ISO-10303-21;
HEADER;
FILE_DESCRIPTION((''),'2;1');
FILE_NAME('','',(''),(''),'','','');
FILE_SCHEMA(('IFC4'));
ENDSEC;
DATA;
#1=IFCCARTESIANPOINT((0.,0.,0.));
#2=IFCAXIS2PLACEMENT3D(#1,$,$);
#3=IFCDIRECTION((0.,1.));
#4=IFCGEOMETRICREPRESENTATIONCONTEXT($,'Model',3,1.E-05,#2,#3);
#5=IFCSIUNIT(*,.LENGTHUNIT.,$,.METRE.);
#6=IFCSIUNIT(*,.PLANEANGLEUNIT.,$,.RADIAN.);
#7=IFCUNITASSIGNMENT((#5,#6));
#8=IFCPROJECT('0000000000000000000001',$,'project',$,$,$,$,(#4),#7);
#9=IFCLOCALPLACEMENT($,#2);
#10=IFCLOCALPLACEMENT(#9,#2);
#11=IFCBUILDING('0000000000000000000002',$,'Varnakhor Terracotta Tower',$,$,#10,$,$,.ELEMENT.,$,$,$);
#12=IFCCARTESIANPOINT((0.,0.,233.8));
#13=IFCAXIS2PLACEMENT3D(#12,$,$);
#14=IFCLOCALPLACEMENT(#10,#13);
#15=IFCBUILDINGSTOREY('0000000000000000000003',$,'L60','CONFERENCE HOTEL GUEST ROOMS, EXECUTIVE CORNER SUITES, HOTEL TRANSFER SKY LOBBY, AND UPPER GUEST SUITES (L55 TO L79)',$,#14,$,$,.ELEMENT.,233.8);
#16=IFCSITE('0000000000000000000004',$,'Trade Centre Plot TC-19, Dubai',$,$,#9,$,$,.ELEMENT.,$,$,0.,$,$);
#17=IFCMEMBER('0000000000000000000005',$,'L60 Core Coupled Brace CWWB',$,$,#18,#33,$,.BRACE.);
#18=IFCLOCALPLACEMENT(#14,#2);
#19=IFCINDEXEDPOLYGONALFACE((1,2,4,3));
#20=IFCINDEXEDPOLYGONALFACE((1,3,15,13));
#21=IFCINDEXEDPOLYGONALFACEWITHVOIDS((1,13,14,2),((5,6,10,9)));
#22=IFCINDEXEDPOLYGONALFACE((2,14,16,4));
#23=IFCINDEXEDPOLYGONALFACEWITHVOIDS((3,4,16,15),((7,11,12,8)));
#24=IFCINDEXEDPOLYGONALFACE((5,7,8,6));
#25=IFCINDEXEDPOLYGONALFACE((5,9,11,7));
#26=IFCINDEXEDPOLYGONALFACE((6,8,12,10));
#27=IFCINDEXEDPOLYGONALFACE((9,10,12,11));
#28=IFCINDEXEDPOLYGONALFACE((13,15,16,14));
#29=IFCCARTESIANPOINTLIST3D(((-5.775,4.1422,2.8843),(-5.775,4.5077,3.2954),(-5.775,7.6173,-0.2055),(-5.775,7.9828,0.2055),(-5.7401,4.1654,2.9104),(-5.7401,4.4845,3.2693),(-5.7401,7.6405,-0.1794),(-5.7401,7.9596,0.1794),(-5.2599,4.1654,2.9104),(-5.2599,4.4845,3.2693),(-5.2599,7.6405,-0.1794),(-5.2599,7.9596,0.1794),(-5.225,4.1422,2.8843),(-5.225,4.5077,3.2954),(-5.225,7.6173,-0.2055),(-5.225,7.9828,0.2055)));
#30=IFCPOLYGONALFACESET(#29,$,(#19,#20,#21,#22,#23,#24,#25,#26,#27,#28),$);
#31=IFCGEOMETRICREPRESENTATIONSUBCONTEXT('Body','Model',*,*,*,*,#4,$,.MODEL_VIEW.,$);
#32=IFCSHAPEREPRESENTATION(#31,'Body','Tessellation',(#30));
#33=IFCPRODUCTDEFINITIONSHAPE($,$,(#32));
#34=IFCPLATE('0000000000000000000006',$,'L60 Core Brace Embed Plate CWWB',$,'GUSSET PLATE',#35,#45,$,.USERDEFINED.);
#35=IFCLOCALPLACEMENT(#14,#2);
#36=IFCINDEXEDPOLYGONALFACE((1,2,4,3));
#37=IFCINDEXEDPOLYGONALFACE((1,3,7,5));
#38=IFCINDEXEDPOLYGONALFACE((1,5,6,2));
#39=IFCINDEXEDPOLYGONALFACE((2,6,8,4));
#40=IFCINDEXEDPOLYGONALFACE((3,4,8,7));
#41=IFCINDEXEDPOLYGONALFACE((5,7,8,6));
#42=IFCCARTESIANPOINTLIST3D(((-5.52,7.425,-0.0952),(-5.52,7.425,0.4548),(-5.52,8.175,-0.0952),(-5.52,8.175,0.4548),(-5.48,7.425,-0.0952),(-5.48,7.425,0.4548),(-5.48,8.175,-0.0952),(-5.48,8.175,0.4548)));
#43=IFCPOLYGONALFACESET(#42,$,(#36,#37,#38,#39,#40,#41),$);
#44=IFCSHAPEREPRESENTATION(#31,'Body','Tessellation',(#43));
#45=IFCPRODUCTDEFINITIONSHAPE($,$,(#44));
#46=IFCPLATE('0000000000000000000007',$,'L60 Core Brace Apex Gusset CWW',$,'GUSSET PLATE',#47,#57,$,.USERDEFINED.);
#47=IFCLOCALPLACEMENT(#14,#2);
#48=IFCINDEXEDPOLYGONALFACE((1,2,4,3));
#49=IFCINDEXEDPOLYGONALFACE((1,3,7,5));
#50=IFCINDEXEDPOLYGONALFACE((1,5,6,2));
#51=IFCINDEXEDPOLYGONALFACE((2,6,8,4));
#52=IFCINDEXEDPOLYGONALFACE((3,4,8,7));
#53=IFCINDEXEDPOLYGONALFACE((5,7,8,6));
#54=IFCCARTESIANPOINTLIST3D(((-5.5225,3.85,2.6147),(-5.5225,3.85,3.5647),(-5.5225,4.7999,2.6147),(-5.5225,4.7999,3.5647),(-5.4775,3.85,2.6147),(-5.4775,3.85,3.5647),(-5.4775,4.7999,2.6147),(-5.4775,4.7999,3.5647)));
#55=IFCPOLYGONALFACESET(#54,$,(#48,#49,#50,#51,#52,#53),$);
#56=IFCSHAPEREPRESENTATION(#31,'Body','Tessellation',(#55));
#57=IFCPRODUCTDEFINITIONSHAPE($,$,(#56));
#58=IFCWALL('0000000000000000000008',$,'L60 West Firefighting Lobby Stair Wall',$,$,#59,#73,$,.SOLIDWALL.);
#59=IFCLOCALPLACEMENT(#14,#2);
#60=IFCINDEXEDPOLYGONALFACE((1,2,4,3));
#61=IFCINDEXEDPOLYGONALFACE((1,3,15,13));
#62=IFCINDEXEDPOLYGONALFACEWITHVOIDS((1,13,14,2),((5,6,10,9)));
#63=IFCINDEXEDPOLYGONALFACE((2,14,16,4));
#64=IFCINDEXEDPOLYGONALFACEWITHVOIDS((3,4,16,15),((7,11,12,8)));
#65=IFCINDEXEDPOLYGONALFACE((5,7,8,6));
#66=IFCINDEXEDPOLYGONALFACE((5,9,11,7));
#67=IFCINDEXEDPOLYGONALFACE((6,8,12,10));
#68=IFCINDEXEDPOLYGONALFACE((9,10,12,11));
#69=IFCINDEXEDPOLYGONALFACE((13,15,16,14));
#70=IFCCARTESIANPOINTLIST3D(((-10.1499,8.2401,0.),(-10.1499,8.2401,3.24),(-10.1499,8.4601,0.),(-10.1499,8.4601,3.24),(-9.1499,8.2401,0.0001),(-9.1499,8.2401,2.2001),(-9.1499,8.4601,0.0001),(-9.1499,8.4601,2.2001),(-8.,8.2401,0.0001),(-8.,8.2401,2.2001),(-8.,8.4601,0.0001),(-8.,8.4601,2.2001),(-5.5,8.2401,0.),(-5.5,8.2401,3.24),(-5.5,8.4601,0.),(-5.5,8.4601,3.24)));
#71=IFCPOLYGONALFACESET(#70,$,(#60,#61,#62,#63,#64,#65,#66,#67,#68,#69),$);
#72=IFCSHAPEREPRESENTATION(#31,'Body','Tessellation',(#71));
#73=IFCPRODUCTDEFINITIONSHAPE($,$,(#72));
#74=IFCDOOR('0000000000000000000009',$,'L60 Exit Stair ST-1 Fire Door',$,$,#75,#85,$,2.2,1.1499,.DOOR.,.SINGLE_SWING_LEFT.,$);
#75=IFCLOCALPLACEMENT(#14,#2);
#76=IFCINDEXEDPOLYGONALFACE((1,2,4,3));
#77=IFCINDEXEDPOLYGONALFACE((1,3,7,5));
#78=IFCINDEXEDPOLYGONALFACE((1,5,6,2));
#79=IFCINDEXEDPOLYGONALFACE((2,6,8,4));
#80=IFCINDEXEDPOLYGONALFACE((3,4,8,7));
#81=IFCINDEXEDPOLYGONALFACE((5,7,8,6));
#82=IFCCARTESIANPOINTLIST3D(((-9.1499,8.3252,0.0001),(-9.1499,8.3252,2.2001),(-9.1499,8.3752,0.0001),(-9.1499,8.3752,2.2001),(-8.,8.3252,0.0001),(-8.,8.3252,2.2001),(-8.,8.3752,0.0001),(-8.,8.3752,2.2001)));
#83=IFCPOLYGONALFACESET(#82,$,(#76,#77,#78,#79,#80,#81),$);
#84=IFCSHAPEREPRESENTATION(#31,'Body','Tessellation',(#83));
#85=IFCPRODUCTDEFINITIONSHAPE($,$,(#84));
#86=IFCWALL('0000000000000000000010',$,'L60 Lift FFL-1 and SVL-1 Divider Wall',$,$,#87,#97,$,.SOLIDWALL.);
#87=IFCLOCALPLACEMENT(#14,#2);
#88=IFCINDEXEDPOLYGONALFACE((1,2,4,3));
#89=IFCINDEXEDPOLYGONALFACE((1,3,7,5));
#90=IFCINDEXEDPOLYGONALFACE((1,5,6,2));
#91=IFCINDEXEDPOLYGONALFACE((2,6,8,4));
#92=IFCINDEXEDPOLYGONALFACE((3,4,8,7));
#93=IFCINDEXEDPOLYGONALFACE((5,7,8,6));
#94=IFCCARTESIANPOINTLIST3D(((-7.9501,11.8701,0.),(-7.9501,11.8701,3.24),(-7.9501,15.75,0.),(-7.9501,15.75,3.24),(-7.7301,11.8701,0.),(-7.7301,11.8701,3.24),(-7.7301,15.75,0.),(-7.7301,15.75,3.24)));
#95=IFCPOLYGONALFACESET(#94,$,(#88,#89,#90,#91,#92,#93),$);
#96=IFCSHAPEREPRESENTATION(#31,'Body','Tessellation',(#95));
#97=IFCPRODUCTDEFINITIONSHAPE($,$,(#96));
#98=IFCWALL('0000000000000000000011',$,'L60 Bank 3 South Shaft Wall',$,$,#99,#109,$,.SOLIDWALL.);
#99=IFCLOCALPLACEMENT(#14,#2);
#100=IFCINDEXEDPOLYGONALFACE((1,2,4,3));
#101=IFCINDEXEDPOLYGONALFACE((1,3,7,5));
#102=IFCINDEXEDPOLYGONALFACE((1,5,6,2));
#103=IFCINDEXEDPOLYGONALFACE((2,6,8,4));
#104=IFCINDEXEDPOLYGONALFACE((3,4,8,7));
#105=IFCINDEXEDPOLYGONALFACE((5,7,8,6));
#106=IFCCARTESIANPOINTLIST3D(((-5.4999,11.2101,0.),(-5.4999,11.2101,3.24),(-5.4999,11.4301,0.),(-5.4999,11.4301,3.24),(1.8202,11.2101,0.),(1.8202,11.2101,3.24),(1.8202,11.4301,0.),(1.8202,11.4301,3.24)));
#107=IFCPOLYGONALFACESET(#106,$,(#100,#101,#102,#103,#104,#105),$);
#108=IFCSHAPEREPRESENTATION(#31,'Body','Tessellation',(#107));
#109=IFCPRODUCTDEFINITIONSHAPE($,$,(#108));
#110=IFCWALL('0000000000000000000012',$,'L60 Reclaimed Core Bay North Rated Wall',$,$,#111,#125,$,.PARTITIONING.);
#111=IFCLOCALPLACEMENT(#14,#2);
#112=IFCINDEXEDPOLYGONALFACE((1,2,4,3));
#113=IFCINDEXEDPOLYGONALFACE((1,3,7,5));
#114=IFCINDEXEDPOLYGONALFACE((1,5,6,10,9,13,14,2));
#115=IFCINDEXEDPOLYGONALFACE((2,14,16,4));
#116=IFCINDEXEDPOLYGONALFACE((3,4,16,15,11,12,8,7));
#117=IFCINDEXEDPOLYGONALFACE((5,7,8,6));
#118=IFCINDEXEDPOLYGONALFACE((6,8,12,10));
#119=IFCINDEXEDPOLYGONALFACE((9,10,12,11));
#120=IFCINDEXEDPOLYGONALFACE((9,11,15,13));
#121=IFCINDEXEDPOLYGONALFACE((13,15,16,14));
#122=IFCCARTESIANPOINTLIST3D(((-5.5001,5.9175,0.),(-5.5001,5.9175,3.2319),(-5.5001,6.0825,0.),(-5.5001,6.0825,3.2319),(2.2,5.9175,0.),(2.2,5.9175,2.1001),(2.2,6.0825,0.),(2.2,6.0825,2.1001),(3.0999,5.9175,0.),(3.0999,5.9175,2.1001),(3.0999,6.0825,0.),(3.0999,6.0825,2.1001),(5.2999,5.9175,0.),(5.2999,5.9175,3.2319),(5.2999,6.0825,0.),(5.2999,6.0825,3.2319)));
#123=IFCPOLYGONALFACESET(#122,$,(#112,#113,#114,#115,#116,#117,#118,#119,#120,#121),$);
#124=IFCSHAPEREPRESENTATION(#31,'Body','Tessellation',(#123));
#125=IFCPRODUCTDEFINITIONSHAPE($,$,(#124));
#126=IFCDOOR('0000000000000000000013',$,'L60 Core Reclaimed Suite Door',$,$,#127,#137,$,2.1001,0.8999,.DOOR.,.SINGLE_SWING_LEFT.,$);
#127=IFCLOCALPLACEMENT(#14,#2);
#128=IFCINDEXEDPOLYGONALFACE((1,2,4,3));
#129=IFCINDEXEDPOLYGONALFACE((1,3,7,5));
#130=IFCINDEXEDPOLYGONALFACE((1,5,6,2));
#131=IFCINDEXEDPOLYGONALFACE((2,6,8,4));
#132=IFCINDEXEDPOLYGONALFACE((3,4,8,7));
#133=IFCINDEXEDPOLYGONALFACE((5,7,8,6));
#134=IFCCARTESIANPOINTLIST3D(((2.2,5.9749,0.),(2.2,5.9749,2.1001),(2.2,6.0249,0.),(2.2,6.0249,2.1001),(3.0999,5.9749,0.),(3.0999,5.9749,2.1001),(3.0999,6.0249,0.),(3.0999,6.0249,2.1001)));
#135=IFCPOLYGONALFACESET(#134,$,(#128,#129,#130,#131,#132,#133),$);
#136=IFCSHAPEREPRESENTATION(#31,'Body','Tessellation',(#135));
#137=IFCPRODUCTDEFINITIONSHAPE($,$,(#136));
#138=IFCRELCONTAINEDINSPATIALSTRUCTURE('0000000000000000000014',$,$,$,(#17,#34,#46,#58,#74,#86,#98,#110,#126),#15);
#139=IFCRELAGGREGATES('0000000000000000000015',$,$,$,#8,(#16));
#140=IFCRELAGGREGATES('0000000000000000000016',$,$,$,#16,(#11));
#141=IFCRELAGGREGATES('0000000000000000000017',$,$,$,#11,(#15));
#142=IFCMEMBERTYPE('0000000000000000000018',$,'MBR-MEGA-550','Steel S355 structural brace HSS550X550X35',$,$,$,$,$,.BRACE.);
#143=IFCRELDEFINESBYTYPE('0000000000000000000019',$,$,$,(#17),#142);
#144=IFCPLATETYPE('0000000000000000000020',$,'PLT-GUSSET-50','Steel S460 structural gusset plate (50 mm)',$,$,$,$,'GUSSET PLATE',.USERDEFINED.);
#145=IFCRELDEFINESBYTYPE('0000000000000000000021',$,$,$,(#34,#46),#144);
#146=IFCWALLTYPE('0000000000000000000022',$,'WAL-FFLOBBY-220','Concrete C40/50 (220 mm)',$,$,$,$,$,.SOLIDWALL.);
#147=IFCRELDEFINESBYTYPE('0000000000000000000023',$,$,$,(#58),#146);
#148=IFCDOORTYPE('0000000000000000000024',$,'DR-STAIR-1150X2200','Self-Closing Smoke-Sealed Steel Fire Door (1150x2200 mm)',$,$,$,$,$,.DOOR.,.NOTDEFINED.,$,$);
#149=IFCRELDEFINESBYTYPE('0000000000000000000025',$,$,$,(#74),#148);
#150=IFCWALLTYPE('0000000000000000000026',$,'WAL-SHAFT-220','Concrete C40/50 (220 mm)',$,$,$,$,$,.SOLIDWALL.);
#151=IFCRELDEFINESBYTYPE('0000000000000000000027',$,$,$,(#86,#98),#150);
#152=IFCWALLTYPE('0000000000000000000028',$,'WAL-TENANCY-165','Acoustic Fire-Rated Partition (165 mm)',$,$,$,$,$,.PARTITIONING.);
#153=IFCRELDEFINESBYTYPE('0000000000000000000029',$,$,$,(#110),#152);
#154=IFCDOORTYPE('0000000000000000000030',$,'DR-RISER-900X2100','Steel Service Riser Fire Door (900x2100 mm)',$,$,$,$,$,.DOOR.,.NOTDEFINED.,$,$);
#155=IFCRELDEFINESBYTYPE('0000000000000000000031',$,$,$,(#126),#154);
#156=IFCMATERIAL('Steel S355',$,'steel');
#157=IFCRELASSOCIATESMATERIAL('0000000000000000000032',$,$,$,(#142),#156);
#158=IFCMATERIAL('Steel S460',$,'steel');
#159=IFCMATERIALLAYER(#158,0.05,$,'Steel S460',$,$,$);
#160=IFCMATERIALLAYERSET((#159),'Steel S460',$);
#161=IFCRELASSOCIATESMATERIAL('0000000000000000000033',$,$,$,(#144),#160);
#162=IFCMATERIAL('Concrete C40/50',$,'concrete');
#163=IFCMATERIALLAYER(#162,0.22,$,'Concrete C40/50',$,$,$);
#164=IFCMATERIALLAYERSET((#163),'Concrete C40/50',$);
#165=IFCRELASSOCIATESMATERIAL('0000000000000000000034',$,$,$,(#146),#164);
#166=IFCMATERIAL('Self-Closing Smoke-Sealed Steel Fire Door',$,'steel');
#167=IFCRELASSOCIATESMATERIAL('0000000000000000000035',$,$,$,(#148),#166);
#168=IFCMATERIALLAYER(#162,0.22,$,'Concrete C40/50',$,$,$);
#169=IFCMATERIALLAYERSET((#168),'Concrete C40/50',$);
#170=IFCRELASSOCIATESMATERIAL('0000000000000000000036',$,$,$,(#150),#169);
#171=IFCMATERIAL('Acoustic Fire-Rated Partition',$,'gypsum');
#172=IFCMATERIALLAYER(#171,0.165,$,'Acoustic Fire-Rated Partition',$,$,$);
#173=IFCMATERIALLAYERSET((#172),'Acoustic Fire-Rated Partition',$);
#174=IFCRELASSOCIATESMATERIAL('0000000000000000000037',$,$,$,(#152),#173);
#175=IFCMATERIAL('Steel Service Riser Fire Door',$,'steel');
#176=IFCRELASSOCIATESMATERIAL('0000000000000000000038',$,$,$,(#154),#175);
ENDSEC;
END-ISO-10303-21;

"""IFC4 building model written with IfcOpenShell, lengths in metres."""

from ifc_helpers import new_model, si_unit, direction, frame, frame_2d, origin, origin_2d, place, context, subcontext, project, spatial, rectangle, hollow_rectangle, extrude, source, transform, mapped, material, layer, layer_set, material_profile, profile_set, type_object, type_shapes, element, fill, save


model = new_model("IFC4")

# Units and contexts
model_context = context("Model", 3, precision=1e-05, world=origin(), true_north=direction((0.0, 1.0)))
body_context = subcontext(model_context, "Body", "Model", "MODEL_VIEW")
ifc_project = project(units=[si_unit("LENGTHUNIT", "METRE"), si_unit("PLANEANGLEUNIT", "RADIAN")], contexts=[model_context])

# Site, building, storey
site_placement = place(None, origin())
site = spatial("IfcSite", under=ifc_project, at=site_placement, Name="Trade Centre Plot TC-19, Dubai", CompositionType="ELEMENT", RefElevation=0.0)
building_placement = place(site_placement, origin())
building = spatial("IfcBuilding", under=site, at=building_placement, Name="Varnakhor Terracotta Tower", CompositionType="ELEMENT")
storey_placement = place(building_placement, frame((0.0, 0.0, 233.8)))
storey = spatial("IfcBuildingStorey", under=building, at=storey_placement, Name="L60", Description="CONFERENCE HOTEL GUEST ROOMS, EXECUTIVE CORNER SUITES, HOTEL TRANSFER SKY LOBBY, AND UPPER GUEST SUITES (L55 TO L79)", CompositionType="ELEMENT", Elevation=233.8)

# Member
ifc_material_1 = material(Name="Steel S355", Category="steel")
ifc_material_profile = material_profile(ifc_material_1, hollow_rectangle(XDim=0.55, YDim=0.55, WallThickness=0.0349, at=origin_2d()), Name="HSS550X550X35")
ifc_profile_set = profile_set([ifc_material_profile], Name="Steel S355")
member_type = type_object("IfcMemberType", Name="MBR-MEGA-550", Description="Steel S355 structural brace HSS550X550X35", PredefinedType="BRACE", material=ifc_profile_set)
shared_shape_1 = source(origin(), body_context, "Body", "SweptSolid", [
    extrude(hollow_rectangle(XDim=0.55, YDim=0.55, WallThickness=0.0349, at=origin_2d()), origin(), (0.0, 0.0, 1.0), 4.6501),
])
member_placement = place(storey_placement, frame((-5.5, 7.8, 0.0), z_axis=(0.0, -0.747317, 0.664468), x_axis=(1.0, 0.0, 0.0)))
element("IfcMember", 1, at=member_placement, inside=storey, type_object=member_type, Name="L60 Core Coupled Brace CWWB", PredefinedType="BRACE", context=body_context, shape_type="MappedRepresentation", body=[
    mapped(shared_shape_1, transform((0.0, 0.0, 0.0), scale=1.0)),
])

# Plates
ifc_material_2 = material(Name="Steel S460", Category="steel")
ifc_layer_1 = layer(ifc_material_2, 0.05, Name="Steel S460")
ifc_layer_set_1 = layer_set([ifc_layer_1], Name="Steel S460")
plate_type = type_object("IfcPlateType", Name="PLT-GUSSET-50", Description="Steel S460 structural gusset plate (50 mm)", ElementType="GUSSET PLATE", PredefinedType="USERDEFINED", material=ifc_layer_set_1)
shared_shape_2 = source(origin(), body_context, "Body", "SweptSolid", [
    extrude(rectangle(XDim=0.75, YDim=0.04, at=origin_2d()), origin(), (0.0, 0.0, 1.0), 0.55),
])
type_shapes(plate_type, [shared_shape_2])
plate_1_placement = place(storey_placement, frame((-5.5, 7.8, -0.0952), z_axis=(0.0, 0.0, 1.0), x_axis=(0.0, 1.0, 0.0)))
element("IfcPlate", 2, at=plate_1_placement, inside=storey, type_object=plate_type, Name="L60 Core Brace Embed Plate CWWB", ObjectType="GUSSET PLATE", PredefinedType="USERDEFINED", context=body_context, shape_type="MappedRepresentation", body=[
    mapped(shared_shape_2, transform((0.0, 0.0, 0.0), scale=1.0)),
])
shared_shape_3 = source(origin(), body_context, "Body", "SweptSolid", [
    extrude(rectangle(XDim=0.95, YDim=0.0449, at=origin_2d()), origin(), (0.0, 0.0, 1.0), 0.95),
])
plate_2_placement = place(storey_placement, frame((-5.5, 4.325, 2.6147), z_axis=(0.0, 0.0, 1.0), x_axis=(0.0, 1.0, 0.0)))
element("IfcPlate", 3, at=plate_2_placement, inside=storey, type_object=plate_type, Name="L60 Core Brace Apex Gusset CWW", ObjectType="GUSSET PLATE", PredefinedType="USERDEFINED", context=body_context, shape_type="MappedRepresentation", body=[
    mapped(shared_shape_3, transform((0.0, 0.0, 0.0), scale=1.0)),
])

# Wall, opening, door
ifc_material_3 = material(Name="Concrete C40/50", Category="concrete")
ifc_layer_2 = layer(ifc_material_3, 0.22, Name="Concrete C40/50")
ifc_layer_set_2 = layer_set([ifc_layer_2], Name="Concrete C40/50")
wall_type_1 = type_object("IfcWallType", Name="WAL-FFLOBBY-220", Description="Concrete C40/50 (220 mm)", PredefinedType="SOLIDWALL", material=ifc_layer_set_2)
wall_1_placement = place(storey_placement, frame((-5.5, 8.3501, 0.0), z_axis=(0.0, 0.0, 1.0), x_axis=(-1.0, 0.0, 0.0)))
wall_1 = element("IfcWall", 4, at=wall_1_placement, inside=storey, type_object=wall_type_1, Name="L60 West Firefighting Lobby Stair Wall", PredefinedType="SOLIDWALL", context=body_context, shape_type="SweptSolid", body=[
    extrude(rectangle(XDim=4.6499, YDim=0.22, at=frame_2d((2.325, 0.0))), origin(), (0.0, 0.0, 1.0), 3.24),
])
opening_1_placement = place(wall_1_placement, frame((2.5, 0.0, 0.0)))
opening_1 = element("IfcOpeningElement", 5, at=opening_1_placement, cuts=wall_1, PredefinedType="OPENING", context=body_context, shape_type="SweptSolid", body=[
    extrude(rectangle(XDim=1.1499, YDim=2.2, at=frame_2d((0.575, 1.1001))), frame((0.0, 0.1201, 0.0), z_axis=(0.0, -1.0, 0.0), x_axis=(1.0, 0.0, 0.0)), (0.0, 0.0, 1.0), 0.24),
])
ifc_material_4 = material(Name="Self-Closing Smoke-Sealed Steel Fire Door", Category="steel")
door_type_1 = type_object("IfcDoorType", Name="DR-STAIR-1150X2200", Description="Self-Closing Smoke-Sealed Steel Fire Door (1150x2200 mm)", OperationType="NOTDEFINED", PredefinedType="DOOR", material=ifc_material_4)
shared_shape_4 = source(origin(), body_context, "Body", "SweptSolid", [
    extrude(rectangle(XDim=1.1499, YDim=2.2, at=frame_2d((0.575, 1.1001))), frame((0.0, 0.0249, 0.0), z_axis=(0.0, -1.0, 0.0), x_axis=(1.0, 0.0, 0.0)), (0.0, 0.0, 1.0), 0.05),
])
type_shapes(door_type_1, [shared_shape_4])
door_1_placement = place(opening_1_placement, origin())
door_1 = element("IfcDoor", 6, at=door_1_placement, inside=storey, type_object=door_type_1, Name="L60 Exit Stair ST-1 Fire Door", OperationType="SINGLE_SWING_LEFT", OverallHeight=2.2, OverallWidth=1.1499, PredefinedType="DOOR", context=body_context, shape_type="MappedRepresentation", body=[
    mapped(shared_shape_4, transform((0.0, 0.0, 0.0), scale=1.0)),
])
fill(opening_1, door_1)

# Walls
ifc_layer_3 = layer(ifc_material_3, 0.22, Name="Concrete C40/50")
ifc_layer_set_3 = layer_set([ifc_layer_3], Name="Concrete C40/50")
wall_type_2 = type_object("IfcWallType", Name="WAL-SHAFT-220", Description="Concrete C40/50 (220 mm)", PredefinedType="SOLIDWALL", material=ifc_layer_set_3)
wall_2_placement = place(storey_placement, frame((-7.8401, 11.8701, 0.0), z_axis=(0.0, 0.0, 1.0), x_axis=(0.0, 1.0, 0.0)))
element("IfcWall", 7, at=wall_2_placement, inside=storey, type_object=wall_type_2, Name="L60 Lift FFL-1 and SVL-1 Divider Wall", PredefinedType="SOLIDWALL", context=body_context, shape_type="SweptSolid", body=[
    extrude(rectangle(XDim=3.8799, YDim=0.22, at=frame_2d((1.9399, 0.0))), origin(), (0.0, 0.0, 1.0), 3.24),
])
wall_3_placement = place(storey_placement, frame((-5.5, 11.3201, 0.0), z_axis=(0.0, 0.0, 1.0), x_axis=(1.0, 0.0, 0.0)))
element("IfcWall", 8, at=wall_3_placement, inside=storey, type_object=wall_type_2, Name="L60 Bank 3 South Shaft Wall", PredefinedType="SOLIDWALL", context=body_context, shape_type="SweptSolid", body=[
    extrude(rectangle(XDim=7.3201, YDim=0.22, at=frame_2d((3.6602, 0.0))), origin(), (0.0, 0.0, 1.0), 3.24),
])

# Wall, opening, door
ifc_material_5 = material(Name="Acoustic Fire-Rated Partition", Category="gypsum")
ifc_layer_4 = layer(ifc_material_5, 0.165, Name="Acoustic Fire-Rated Partition")
ifc_layer_set_4 = layer_set([ifc_layer_4], Name="Acoustic Fire-Rated Partition")
wall_type_3 = type_object("IfcWallType", Name="WAL-TENANCY-165", Description="Acoustic Fire-Rated Partition (165 mm)", PredefinedType="PARTITIONING", material=ifc_layer_set_4)
wall_4_placement = place(storey_placement, frame((-5.5, 6.0, 0.0), z_axis=(0.0, 0.0, 1.0), x_axis=(1.0, 0.0, 0.0)))
wall_4 = element("IfcWall", 9, at=wall_4_placement, inside=storey, type_object=wall_type_3, Name="L60 Reclaimed Core Bay North Rated Wall", PredefinedType="PARTITIONING", context=body_context, shape_type="SweptSolid", body=[
    extrude(rectangle(XDim=10.8, YDim=0.165, at=frame_2d((5.3999, 0.0))), origin(), (0.0, 0.0, 1.0), 3.2319),
])
opening_2_placement = place(wall_4_placement, frame((7.7, 0.0, 0.0)))
opening_2 = element("IfcOpeningElement", 10, at=opening_2_placement, cuts=wall_4, PredefinedType="OPENING", context=body_context, shape_type="SweptSolid", body=[
    extrude(rectangle(XDim=0.8999, YDim=2.1001, at=frame_2d((0.45, 1.05))), frame((0.0, 0.0925, 0.0), z_axis=(0.0, -1.0, 0.0), x_axis=(1.0, 0.0, 0.0)), (0.0, 0.0, 1.0), 0.1851),
])
ifc_material_6 = material(Name="Steel Service Riser Fire Door", Category="steel")
door_type_2 = type_object("IfcDoorType", Name="DR-RISER-900X2100", Description="Steel Service Riser Fire Door (900x2100 mm)", OperationType="NOTDEFINED", PredefinedType="DOOR", material=ifc_material_6)
shared_shape_5 = source(origin(), body_context, "Body", "SweptSolid", [
    extrude(rectangle(XDim=0.8999, YDim=2.1001, at=frame_2d((0.45, 1.05))), frame((0.0, 0.0249, 0.0), z_axis=(0.0, -1.0, 0.0), x_axis=(1.0, 0.0, 0.0)), (0.0, 0.0, 1.0), 0.05),
])
type_shapes(door_type_2, [shared_shape_5])
door_2_placement = place(opening_2_placement, origin())
door_2 = element("IfcDoor", 11, at=door_2_placement, inside=storey, type_object=door_type_2, Name="L60 Core Reclaimed Suite Door", OperationType="SINGLE_SWING_LEFT", OverallHeight=2.1001, OverallWidth=0.8999, PredefinedType="DOOR", context=body_context, shape_type="MappedRepresentation", body=[
    mapped(shared_shape_5, transform((0.0, 0.0, 0.0), scale=1.0)),
])
fill(opening_2, door_2)

save(model, "model.ifc")
